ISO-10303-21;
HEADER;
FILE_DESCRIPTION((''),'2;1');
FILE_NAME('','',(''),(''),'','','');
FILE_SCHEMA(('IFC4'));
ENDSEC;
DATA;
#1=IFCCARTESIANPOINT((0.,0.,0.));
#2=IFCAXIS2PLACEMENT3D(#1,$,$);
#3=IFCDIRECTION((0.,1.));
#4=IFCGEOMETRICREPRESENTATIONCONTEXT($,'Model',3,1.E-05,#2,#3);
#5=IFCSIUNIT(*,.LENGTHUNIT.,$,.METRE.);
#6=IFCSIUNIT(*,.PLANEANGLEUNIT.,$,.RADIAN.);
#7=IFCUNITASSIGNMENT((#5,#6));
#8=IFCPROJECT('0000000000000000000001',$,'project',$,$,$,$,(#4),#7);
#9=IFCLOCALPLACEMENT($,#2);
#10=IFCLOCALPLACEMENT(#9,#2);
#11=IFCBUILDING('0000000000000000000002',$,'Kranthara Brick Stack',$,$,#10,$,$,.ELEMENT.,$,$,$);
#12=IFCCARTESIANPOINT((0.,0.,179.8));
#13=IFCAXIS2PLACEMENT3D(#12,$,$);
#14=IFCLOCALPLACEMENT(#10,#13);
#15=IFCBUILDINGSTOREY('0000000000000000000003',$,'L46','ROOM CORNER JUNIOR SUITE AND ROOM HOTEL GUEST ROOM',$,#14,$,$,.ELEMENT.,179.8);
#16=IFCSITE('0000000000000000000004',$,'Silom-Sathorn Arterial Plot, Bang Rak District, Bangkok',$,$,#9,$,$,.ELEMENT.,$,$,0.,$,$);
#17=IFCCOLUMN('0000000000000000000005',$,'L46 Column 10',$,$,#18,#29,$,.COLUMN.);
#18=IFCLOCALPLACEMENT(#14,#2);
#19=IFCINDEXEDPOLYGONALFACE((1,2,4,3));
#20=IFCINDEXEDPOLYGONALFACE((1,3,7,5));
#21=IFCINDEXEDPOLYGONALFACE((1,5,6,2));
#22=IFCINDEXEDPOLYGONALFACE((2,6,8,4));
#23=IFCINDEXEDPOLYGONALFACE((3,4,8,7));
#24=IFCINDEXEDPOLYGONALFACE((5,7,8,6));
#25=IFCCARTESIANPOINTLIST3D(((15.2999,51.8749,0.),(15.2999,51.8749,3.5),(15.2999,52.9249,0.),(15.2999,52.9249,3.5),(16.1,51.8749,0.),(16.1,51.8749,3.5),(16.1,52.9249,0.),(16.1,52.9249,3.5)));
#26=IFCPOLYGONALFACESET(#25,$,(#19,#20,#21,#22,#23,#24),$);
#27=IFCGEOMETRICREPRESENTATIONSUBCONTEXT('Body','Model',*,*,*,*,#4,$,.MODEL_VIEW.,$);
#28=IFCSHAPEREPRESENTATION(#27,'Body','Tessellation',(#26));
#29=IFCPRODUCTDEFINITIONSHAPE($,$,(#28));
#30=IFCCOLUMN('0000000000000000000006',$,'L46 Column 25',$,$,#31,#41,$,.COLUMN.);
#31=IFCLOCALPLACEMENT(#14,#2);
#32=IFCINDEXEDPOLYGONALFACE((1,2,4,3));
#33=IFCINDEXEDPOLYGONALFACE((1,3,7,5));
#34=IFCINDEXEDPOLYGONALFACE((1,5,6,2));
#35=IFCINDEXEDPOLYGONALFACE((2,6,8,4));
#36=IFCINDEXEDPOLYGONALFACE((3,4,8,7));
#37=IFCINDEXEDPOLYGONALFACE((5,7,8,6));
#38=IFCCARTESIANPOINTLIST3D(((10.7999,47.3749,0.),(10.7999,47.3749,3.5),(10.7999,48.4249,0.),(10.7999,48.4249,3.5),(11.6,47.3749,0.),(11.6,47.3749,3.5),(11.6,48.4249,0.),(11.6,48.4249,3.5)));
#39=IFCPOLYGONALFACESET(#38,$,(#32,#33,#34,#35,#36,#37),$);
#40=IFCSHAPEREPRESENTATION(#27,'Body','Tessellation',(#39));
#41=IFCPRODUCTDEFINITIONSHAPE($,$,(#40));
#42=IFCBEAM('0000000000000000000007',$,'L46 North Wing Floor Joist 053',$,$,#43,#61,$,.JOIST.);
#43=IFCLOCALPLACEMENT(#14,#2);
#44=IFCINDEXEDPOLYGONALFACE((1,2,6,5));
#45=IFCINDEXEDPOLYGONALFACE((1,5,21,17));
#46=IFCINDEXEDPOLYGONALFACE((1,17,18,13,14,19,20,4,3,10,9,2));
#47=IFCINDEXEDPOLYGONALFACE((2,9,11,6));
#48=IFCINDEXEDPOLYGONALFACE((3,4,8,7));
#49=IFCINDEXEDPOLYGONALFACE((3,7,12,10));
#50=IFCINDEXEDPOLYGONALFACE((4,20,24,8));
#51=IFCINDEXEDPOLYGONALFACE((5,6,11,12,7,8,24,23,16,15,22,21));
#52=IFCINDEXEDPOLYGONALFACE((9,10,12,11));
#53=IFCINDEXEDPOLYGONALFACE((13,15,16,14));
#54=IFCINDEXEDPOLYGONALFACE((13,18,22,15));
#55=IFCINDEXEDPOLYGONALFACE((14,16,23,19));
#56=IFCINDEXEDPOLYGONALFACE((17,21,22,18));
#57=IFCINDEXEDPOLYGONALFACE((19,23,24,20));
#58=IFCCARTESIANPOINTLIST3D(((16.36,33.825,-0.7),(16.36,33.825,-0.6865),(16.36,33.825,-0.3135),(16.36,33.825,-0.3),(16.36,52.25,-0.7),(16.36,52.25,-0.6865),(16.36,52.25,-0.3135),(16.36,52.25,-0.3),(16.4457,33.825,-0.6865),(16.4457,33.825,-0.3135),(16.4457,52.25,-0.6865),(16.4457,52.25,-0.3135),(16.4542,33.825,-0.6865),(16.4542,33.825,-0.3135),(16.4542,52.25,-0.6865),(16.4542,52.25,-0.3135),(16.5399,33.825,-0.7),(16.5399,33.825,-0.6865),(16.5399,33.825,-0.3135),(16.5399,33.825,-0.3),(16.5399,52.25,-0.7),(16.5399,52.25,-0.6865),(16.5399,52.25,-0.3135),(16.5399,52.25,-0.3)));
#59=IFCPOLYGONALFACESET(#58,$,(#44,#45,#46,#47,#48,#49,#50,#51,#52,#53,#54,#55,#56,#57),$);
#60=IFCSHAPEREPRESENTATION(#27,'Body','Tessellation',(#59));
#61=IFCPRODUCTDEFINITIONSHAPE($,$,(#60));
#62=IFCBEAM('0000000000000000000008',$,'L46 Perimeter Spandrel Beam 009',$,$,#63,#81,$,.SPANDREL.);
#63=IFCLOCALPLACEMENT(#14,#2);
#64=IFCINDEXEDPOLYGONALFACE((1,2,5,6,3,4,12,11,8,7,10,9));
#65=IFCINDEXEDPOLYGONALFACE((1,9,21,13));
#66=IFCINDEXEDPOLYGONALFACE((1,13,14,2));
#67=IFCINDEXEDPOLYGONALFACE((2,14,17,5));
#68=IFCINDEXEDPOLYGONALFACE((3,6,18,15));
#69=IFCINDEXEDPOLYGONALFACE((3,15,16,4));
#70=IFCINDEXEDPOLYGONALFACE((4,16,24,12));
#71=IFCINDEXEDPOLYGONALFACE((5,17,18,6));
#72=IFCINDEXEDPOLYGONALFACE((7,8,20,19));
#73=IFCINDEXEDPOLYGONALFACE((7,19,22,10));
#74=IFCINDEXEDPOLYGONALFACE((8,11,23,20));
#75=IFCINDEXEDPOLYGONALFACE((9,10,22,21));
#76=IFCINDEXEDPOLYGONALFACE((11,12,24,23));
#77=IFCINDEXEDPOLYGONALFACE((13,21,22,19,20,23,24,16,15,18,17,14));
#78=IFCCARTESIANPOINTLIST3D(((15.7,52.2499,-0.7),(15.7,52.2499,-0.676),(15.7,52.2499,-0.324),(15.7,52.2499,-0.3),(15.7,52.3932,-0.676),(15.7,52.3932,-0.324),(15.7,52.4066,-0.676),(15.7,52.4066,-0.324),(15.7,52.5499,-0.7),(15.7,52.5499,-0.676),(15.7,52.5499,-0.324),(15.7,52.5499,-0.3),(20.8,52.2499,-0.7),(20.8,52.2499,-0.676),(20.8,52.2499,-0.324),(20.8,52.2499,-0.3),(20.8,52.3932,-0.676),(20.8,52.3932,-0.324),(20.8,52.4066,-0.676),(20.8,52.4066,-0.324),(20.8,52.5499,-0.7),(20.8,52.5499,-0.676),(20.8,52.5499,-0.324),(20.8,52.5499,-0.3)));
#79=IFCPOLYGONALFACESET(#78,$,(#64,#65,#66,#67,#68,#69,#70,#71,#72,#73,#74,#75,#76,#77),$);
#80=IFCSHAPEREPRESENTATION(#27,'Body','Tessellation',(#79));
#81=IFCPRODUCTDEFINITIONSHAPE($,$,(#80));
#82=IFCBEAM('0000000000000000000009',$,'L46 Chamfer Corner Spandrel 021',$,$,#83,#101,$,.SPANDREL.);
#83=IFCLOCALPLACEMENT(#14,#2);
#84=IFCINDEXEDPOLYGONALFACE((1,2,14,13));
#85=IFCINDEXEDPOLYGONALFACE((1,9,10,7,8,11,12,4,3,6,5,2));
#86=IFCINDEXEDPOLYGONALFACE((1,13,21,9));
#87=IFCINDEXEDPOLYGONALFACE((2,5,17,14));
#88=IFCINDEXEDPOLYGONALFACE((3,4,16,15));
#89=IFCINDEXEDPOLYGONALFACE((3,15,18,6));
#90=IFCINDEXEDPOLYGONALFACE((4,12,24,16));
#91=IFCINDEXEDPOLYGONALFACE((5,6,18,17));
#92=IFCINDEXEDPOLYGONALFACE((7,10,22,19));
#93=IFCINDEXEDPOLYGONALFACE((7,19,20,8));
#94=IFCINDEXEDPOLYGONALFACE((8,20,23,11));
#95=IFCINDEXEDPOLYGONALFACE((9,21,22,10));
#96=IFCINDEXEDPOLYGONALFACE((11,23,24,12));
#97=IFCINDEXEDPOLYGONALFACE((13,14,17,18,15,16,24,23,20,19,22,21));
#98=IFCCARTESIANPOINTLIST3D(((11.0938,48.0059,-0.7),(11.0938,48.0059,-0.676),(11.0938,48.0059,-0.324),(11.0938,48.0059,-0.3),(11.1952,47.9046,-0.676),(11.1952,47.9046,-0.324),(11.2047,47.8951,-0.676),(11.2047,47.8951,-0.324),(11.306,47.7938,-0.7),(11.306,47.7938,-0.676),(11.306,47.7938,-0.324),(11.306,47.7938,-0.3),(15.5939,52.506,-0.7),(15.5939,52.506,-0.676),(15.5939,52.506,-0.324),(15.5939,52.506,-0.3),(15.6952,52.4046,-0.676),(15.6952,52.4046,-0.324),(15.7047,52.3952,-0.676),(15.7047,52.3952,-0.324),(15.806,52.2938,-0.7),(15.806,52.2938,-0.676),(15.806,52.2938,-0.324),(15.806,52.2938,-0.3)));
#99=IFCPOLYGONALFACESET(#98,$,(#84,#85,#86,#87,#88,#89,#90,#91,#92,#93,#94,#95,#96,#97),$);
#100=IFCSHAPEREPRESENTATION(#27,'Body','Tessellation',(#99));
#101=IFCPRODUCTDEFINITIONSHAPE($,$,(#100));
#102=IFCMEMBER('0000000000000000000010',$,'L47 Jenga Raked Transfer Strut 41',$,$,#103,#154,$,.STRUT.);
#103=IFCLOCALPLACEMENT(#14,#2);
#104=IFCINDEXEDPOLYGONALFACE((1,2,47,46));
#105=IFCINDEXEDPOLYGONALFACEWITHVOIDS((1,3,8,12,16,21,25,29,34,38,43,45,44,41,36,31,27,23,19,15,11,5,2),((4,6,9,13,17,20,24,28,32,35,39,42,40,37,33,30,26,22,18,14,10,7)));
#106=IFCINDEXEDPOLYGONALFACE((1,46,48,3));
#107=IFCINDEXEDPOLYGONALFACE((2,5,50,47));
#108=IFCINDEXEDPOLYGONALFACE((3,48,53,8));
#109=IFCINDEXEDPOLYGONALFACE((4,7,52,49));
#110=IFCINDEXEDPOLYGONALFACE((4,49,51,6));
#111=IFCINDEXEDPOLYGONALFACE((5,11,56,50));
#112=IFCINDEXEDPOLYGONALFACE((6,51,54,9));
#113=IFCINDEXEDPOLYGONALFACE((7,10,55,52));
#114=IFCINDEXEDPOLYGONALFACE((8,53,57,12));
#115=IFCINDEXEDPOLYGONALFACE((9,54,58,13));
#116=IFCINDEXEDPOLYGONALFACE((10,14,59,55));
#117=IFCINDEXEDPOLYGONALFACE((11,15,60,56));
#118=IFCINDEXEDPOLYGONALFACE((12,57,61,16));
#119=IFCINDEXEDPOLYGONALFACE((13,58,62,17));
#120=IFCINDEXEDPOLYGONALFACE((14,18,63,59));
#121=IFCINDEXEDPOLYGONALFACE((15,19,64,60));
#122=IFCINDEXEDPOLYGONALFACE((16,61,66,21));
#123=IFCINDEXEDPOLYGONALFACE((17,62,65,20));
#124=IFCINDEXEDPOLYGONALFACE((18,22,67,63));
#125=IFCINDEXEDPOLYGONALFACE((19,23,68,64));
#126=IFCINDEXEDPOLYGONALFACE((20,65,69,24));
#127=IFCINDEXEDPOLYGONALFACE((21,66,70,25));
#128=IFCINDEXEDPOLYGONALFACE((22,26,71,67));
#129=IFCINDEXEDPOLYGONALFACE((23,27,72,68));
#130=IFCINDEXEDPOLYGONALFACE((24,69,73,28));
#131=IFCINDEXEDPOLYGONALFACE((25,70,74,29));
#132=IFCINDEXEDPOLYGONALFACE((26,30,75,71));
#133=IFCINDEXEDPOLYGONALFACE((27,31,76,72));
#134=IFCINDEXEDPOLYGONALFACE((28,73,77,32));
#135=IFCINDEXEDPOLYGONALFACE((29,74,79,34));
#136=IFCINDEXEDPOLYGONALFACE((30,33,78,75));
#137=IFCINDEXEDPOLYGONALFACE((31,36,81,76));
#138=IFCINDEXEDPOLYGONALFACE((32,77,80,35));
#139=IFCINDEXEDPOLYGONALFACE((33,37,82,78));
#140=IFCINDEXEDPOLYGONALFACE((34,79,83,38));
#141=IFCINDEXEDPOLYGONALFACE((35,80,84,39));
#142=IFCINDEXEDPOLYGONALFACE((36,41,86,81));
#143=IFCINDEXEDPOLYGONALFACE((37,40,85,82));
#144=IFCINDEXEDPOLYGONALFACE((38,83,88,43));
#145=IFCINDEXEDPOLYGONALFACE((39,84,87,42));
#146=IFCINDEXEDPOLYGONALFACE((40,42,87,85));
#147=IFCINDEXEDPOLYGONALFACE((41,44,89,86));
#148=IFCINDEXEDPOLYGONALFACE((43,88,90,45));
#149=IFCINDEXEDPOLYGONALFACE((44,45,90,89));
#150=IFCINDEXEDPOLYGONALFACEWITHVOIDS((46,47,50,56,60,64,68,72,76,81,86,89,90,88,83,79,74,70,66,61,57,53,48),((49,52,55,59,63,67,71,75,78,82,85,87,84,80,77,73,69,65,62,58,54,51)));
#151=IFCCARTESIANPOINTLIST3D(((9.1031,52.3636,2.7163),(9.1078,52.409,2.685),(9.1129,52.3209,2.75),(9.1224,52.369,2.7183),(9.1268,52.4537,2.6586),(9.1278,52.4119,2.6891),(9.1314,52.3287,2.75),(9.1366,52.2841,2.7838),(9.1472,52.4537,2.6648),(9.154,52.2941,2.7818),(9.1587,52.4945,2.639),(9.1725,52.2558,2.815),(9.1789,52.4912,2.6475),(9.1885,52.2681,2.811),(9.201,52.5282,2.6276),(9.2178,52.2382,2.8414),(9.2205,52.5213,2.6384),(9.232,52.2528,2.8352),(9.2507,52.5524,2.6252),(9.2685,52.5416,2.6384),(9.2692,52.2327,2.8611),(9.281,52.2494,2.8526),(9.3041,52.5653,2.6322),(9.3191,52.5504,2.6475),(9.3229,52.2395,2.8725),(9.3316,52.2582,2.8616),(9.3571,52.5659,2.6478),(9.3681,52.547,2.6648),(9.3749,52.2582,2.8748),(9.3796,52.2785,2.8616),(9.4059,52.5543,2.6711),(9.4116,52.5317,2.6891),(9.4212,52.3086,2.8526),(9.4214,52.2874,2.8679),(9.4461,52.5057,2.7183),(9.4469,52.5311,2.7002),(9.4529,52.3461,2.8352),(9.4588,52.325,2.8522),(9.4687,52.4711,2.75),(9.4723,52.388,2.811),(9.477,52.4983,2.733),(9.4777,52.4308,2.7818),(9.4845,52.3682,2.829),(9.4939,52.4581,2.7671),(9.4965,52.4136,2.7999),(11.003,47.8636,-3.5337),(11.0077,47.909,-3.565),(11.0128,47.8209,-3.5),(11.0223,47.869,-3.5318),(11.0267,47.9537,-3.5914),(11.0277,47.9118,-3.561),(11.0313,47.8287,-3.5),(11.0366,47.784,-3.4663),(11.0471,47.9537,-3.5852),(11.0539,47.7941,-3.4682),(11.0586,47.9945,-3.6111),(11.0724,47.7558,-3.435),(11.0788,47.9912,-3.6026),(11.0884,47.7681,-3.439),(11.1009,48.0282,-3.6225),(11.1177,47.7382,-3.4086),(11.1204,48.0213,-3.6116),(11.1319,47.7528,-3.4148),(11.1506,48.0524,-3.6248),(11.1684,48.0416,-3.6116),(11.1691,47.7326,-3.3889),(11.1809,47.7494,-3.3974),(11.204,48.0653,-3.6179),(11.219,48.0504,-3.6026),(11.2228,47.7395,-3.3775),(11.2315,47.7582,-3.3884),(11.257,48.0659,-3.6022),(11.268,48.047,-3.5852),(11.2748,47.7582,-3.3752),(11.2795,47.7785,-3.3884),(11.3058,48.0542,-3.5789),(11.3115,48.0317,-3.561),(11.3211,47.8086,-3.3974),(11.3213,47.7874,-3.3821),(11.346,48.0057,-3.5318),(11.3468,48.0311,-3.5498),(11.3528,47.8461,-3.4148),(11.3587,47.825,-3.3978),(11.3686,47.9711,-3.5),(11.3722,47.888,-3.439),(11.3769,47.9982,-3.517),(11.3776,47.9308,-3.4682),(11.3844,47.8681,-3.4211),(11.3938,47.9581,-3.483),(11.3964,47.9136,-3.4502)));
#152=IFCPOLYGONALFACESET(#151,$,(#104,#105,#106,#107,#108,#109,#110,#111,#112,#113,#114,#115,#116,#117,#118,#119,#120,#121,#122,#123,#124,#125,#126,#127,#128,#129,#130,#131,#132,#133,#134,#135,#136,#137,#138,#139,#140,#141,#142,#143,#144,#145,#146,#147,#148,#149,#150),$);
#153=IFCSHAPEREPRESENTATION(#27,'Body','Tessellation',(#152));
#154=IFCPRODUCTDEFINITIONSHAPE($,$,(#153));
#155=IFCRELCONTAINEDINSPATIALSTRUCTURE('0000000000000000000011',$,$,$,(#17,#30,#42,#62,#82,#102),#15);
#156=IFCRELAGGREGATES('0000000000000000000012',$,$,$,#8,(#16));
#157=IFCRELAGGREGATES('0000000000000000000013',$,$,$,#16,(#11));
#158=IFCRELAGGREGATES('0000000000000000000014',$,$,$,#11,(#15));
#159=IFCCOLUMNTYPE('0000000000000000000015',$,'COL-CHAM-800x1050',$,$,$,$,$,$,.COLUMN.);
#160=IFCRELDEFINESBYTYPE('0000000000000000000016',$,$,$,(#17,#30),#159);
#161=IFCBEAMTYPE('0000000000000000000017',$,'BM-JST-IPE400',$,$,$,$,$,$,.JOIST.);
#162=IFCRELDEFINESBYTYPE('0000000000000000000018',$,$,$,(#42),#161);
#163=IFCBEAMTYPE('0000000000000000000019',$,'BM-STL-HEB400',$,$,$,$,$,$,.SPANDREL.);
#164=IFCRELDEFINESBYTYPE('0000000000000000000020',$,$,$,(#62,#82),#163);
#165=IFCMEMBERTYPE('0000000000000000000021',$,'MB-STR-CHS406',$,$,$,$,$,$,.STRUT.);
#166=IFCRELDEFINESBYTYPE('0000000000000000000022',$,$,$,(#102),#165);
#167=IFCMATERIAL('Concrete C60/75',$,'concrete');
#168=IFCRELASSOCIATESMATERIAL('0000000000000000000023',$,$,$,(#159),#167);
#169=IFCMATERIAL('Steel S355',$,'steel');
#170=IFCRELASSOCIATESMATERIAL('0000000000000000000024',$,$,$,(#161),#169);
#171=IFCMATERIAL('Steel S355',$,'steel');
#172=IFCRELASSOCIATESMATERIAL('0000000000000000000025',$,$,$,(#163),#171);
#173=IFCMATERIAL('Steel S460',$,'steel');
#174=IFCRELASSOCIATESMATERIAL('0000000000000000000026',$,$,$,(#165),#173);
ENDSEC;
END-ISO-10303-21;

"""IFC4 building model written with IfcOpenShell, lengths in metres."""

from ifc_helpers import new_model, si_unit, direction, frame, origin, origin_2d, place, context, subcontext, project, spatial, rectangle, hollow_circle, i_section, extrude, material, material_profile, profile_set, type_object, element, save


model = new_model("IFC4")

# Units and contexts
model_context = context("Model", 3, precision=1e-05, world=origin(), true_north=direction((0.0, 1.0)))
body_context = subcontext(model_context, "Body", "Model", "MODEL_VIEW")
ifc_project = project(units=[si_unit("LENGTHUNIT", "METRE"), si_unit("PLANEANGLEUNIT", "RADIAN")], contexts=[model_context])

# Site, building, storey
site_placement = place(None, origin())
site = spatial("IfcSite", under=ifc_project, at=site_placement, Name="Silom-Sathorn Arterial Plot, Bang Rak District, Bangkok", CompositionType="ELEMENT", RefElevation=0.0)
building_placement = place(site_placement, origin())
building = spatial("IfcBuilding", under=site, at=building_placement, Name="Kranthara Brick Stack", CompositionType="ELEMENT")
storey_placement = place(building_placement, frame((0.0, 0.0, 179.8)))
storey = spatial("IfcBuildingStorey", under=building, at=storey_placement, Name="L46", Description="ROOM CORNER JUNIOR SUITE AND ROOM HOTEL GUEST ROOM", CompositionType="ELEMENT", Elevation=179.8)

# Columns
ifc_material_1 = material(Name="Concrete C60/75", Category="concrete")
ifc_material_profile_1 = material_profile(ifc_material_1, rectangle(XDim=0.8, YDim=1.05, at=origin_2d()), Name="RC 800x1050")
ifc_profile_set_1 = profile_set([ifc_material_profile_1], Name="Concrete C60/75")
column_type = type_object("IfcColumnType", Name="COL-CHAM-800x1050", PredefinedType="COLUMN", material=ifc_profile_set_1)
for number, where, z_axis, x_axis, name in (
    (1, (15.7, 52.3999, 0.0), (0.0, 0.0, 1.0), (1.0, 0.0, 0.0), "L46 Column 10"),
    (2, (11.2, 47.8999, 0.0), (0.0, 0.0, 1.0), (1.0, 0.0, 0.0), "L46 Column 25"),
):
    element("IfcColumn", number, at=place(storey_placement, frame(where, z_axis=z_axis, x_axis=x_axis)), inside=storey, type_object=column_type, Name=name, PredefinedType="COLUMN", context=body_context, shape_type="SweptSolid", body=[
        extrude(rectangle(XDim=0.8, YDim=1.05, at=origin_2d()), origin(), (0.0, 0.0, 1.0), 3.5),
    ])

# Beams
ifc_material_2 = material(Name="Steel S355", Category="steel")
ifc_material_profile_2 = material_profile(ifc_material_2, i_section(OverallWidth=0.1799, OverallDepth=0.3999, WebThickness=0.0085, FlangeThickness=0.0134, at=origin_2d()), Name="IPE 400")
ifc_profile_set_2 = profile_set([ifc_material_profile_2], Name="Steel S355")
beam_type_1 = type_object("IfcBeamType", Name="BM-JST-IPE400", PredefinedType="JOIST", material=ifc_profile_set_2)
beam_1_placement = place(storey_placement, frame((16.45, 33.825, -0.5), z_axis=(0.0, 1.0, 0.0), x_axis=(-1.0, 0.0, 0.0)))
element("IfcBeam", 3, at=beam_1_placement, inside=storey, type_object=beam_type_1, Name="L46 North Wing Floor Joist 053", PredefinedType="JOIST", context=body_context, shape_type="SweptSolid", body=[
    extrude(i_section(OverallWidth=0.1799, OverallDepth=0.3999, WebThickness=0.0085, FlangeThickness=0.0134, at=origin_2d()), origin(), (0.0, 0.0, 1.0), 18.425),
])
ifc_material_3 = material(Name="Steel S355", Category="steel")
ifc_material_profile_3 = material_profile(ifc_material_3, i_section(OverallWidth=0.3, OverallDepth=0.3999, WebThickness=0.0134, FlangeThickness=0.0239, at=origin_2d()), Name="HEB 400")
ifc_profile_set_3 = profile_set([ifc_material_profile_3], Name="Steel S355")
beam_type_2 = type_object("IfcBeamType", Name="BM-STL-HEB400", PredefinedType="SPANDREL", material=ifc_profile_set_3)
beam_2_placement = place(storey_placement, frame((15.7, 52.3999, -0.5), z_axis=(1.0, 0.0, 0.0), x_axis=(0.0, 1.0, 0.0)))
element("IfcBeam", 4, at=beam_2_placement, inside=storey, type_object=beam_type_2, Name="L46 Perimeter Spandrel Beam 009", PredefinedType="SPANDREL", context=body_context, shape_type="SweptSolid", body=[
    extrude(i_section(OverallWidth=0.3, OverallDepth=0.3999, WebThickness=0.0134, FlangeThickness=0.0239, at=origin_2d()), origin(), (0.0, 0.0, 1.0), 5.1001),
])
beam_3_placement = place(storey_placement, frame((15.7, 52.3999, -0.5), z_axis=(-0.707107, -0.707107, 0.0), x_axis=(0.707107, -0.707107, 0.0)))
element("IfcBeam", 5, at=beam_3_placement, inside=storey, type_object=beam_type_2, Name="L46 Chamfer Corner Spandrel 021", PredefinedType="SPANDREL", context=body_context, shape_type="SweptSolid", body=[
    extrude(i_section(OverallWidth=0.3, OverallDepth=0.3999, WebThickness=0.0134, FlangeThickness=0.0239, at=origin_2d()), origin(), (0.0, 0.0, 1.0), 6.364),
])

# Member
ifc_material_4 = material(Name="Steel S460", Category="steel")
ifc_material_profile_4 = material_profile(ifc_material_4, hollow_circle(Radius=0.2031, WallThickness=0.02, at=origin_2d()), Name="CHS 406.4x20")
ifc_profile_set_4 = profile_set([ifc_material_profile_4], Name="Steel S460")
member_type = type_object("IfcMemberType", Name="MB-STR-CHS406", PredefinedType="STRUT", material=ifc_profile_set_4)
member_1_placement = place(storey_placement, frame((11.2, 47.8999, -3.5), z_axis=(-0.239513, 0.567297, 0.787913), x_axis=(-0.921257, -0.388955, 0.0)))
element("IfcMember", 6, at=member_1_placement, inside=storey, type_object=member_type, Name="L47 Jenga Raked Transfer Strut 41", PredefinedType="STRUT", context=body_context, shape_type="SweptSolid", body=[
    extrude(hollow_circle(Radius=0.2031, WallThickness=0.02, at=origin_2d()), origin(), (0.0, 0.0, 1.0), 7.9324),
])

save(model, "model.ifc")
